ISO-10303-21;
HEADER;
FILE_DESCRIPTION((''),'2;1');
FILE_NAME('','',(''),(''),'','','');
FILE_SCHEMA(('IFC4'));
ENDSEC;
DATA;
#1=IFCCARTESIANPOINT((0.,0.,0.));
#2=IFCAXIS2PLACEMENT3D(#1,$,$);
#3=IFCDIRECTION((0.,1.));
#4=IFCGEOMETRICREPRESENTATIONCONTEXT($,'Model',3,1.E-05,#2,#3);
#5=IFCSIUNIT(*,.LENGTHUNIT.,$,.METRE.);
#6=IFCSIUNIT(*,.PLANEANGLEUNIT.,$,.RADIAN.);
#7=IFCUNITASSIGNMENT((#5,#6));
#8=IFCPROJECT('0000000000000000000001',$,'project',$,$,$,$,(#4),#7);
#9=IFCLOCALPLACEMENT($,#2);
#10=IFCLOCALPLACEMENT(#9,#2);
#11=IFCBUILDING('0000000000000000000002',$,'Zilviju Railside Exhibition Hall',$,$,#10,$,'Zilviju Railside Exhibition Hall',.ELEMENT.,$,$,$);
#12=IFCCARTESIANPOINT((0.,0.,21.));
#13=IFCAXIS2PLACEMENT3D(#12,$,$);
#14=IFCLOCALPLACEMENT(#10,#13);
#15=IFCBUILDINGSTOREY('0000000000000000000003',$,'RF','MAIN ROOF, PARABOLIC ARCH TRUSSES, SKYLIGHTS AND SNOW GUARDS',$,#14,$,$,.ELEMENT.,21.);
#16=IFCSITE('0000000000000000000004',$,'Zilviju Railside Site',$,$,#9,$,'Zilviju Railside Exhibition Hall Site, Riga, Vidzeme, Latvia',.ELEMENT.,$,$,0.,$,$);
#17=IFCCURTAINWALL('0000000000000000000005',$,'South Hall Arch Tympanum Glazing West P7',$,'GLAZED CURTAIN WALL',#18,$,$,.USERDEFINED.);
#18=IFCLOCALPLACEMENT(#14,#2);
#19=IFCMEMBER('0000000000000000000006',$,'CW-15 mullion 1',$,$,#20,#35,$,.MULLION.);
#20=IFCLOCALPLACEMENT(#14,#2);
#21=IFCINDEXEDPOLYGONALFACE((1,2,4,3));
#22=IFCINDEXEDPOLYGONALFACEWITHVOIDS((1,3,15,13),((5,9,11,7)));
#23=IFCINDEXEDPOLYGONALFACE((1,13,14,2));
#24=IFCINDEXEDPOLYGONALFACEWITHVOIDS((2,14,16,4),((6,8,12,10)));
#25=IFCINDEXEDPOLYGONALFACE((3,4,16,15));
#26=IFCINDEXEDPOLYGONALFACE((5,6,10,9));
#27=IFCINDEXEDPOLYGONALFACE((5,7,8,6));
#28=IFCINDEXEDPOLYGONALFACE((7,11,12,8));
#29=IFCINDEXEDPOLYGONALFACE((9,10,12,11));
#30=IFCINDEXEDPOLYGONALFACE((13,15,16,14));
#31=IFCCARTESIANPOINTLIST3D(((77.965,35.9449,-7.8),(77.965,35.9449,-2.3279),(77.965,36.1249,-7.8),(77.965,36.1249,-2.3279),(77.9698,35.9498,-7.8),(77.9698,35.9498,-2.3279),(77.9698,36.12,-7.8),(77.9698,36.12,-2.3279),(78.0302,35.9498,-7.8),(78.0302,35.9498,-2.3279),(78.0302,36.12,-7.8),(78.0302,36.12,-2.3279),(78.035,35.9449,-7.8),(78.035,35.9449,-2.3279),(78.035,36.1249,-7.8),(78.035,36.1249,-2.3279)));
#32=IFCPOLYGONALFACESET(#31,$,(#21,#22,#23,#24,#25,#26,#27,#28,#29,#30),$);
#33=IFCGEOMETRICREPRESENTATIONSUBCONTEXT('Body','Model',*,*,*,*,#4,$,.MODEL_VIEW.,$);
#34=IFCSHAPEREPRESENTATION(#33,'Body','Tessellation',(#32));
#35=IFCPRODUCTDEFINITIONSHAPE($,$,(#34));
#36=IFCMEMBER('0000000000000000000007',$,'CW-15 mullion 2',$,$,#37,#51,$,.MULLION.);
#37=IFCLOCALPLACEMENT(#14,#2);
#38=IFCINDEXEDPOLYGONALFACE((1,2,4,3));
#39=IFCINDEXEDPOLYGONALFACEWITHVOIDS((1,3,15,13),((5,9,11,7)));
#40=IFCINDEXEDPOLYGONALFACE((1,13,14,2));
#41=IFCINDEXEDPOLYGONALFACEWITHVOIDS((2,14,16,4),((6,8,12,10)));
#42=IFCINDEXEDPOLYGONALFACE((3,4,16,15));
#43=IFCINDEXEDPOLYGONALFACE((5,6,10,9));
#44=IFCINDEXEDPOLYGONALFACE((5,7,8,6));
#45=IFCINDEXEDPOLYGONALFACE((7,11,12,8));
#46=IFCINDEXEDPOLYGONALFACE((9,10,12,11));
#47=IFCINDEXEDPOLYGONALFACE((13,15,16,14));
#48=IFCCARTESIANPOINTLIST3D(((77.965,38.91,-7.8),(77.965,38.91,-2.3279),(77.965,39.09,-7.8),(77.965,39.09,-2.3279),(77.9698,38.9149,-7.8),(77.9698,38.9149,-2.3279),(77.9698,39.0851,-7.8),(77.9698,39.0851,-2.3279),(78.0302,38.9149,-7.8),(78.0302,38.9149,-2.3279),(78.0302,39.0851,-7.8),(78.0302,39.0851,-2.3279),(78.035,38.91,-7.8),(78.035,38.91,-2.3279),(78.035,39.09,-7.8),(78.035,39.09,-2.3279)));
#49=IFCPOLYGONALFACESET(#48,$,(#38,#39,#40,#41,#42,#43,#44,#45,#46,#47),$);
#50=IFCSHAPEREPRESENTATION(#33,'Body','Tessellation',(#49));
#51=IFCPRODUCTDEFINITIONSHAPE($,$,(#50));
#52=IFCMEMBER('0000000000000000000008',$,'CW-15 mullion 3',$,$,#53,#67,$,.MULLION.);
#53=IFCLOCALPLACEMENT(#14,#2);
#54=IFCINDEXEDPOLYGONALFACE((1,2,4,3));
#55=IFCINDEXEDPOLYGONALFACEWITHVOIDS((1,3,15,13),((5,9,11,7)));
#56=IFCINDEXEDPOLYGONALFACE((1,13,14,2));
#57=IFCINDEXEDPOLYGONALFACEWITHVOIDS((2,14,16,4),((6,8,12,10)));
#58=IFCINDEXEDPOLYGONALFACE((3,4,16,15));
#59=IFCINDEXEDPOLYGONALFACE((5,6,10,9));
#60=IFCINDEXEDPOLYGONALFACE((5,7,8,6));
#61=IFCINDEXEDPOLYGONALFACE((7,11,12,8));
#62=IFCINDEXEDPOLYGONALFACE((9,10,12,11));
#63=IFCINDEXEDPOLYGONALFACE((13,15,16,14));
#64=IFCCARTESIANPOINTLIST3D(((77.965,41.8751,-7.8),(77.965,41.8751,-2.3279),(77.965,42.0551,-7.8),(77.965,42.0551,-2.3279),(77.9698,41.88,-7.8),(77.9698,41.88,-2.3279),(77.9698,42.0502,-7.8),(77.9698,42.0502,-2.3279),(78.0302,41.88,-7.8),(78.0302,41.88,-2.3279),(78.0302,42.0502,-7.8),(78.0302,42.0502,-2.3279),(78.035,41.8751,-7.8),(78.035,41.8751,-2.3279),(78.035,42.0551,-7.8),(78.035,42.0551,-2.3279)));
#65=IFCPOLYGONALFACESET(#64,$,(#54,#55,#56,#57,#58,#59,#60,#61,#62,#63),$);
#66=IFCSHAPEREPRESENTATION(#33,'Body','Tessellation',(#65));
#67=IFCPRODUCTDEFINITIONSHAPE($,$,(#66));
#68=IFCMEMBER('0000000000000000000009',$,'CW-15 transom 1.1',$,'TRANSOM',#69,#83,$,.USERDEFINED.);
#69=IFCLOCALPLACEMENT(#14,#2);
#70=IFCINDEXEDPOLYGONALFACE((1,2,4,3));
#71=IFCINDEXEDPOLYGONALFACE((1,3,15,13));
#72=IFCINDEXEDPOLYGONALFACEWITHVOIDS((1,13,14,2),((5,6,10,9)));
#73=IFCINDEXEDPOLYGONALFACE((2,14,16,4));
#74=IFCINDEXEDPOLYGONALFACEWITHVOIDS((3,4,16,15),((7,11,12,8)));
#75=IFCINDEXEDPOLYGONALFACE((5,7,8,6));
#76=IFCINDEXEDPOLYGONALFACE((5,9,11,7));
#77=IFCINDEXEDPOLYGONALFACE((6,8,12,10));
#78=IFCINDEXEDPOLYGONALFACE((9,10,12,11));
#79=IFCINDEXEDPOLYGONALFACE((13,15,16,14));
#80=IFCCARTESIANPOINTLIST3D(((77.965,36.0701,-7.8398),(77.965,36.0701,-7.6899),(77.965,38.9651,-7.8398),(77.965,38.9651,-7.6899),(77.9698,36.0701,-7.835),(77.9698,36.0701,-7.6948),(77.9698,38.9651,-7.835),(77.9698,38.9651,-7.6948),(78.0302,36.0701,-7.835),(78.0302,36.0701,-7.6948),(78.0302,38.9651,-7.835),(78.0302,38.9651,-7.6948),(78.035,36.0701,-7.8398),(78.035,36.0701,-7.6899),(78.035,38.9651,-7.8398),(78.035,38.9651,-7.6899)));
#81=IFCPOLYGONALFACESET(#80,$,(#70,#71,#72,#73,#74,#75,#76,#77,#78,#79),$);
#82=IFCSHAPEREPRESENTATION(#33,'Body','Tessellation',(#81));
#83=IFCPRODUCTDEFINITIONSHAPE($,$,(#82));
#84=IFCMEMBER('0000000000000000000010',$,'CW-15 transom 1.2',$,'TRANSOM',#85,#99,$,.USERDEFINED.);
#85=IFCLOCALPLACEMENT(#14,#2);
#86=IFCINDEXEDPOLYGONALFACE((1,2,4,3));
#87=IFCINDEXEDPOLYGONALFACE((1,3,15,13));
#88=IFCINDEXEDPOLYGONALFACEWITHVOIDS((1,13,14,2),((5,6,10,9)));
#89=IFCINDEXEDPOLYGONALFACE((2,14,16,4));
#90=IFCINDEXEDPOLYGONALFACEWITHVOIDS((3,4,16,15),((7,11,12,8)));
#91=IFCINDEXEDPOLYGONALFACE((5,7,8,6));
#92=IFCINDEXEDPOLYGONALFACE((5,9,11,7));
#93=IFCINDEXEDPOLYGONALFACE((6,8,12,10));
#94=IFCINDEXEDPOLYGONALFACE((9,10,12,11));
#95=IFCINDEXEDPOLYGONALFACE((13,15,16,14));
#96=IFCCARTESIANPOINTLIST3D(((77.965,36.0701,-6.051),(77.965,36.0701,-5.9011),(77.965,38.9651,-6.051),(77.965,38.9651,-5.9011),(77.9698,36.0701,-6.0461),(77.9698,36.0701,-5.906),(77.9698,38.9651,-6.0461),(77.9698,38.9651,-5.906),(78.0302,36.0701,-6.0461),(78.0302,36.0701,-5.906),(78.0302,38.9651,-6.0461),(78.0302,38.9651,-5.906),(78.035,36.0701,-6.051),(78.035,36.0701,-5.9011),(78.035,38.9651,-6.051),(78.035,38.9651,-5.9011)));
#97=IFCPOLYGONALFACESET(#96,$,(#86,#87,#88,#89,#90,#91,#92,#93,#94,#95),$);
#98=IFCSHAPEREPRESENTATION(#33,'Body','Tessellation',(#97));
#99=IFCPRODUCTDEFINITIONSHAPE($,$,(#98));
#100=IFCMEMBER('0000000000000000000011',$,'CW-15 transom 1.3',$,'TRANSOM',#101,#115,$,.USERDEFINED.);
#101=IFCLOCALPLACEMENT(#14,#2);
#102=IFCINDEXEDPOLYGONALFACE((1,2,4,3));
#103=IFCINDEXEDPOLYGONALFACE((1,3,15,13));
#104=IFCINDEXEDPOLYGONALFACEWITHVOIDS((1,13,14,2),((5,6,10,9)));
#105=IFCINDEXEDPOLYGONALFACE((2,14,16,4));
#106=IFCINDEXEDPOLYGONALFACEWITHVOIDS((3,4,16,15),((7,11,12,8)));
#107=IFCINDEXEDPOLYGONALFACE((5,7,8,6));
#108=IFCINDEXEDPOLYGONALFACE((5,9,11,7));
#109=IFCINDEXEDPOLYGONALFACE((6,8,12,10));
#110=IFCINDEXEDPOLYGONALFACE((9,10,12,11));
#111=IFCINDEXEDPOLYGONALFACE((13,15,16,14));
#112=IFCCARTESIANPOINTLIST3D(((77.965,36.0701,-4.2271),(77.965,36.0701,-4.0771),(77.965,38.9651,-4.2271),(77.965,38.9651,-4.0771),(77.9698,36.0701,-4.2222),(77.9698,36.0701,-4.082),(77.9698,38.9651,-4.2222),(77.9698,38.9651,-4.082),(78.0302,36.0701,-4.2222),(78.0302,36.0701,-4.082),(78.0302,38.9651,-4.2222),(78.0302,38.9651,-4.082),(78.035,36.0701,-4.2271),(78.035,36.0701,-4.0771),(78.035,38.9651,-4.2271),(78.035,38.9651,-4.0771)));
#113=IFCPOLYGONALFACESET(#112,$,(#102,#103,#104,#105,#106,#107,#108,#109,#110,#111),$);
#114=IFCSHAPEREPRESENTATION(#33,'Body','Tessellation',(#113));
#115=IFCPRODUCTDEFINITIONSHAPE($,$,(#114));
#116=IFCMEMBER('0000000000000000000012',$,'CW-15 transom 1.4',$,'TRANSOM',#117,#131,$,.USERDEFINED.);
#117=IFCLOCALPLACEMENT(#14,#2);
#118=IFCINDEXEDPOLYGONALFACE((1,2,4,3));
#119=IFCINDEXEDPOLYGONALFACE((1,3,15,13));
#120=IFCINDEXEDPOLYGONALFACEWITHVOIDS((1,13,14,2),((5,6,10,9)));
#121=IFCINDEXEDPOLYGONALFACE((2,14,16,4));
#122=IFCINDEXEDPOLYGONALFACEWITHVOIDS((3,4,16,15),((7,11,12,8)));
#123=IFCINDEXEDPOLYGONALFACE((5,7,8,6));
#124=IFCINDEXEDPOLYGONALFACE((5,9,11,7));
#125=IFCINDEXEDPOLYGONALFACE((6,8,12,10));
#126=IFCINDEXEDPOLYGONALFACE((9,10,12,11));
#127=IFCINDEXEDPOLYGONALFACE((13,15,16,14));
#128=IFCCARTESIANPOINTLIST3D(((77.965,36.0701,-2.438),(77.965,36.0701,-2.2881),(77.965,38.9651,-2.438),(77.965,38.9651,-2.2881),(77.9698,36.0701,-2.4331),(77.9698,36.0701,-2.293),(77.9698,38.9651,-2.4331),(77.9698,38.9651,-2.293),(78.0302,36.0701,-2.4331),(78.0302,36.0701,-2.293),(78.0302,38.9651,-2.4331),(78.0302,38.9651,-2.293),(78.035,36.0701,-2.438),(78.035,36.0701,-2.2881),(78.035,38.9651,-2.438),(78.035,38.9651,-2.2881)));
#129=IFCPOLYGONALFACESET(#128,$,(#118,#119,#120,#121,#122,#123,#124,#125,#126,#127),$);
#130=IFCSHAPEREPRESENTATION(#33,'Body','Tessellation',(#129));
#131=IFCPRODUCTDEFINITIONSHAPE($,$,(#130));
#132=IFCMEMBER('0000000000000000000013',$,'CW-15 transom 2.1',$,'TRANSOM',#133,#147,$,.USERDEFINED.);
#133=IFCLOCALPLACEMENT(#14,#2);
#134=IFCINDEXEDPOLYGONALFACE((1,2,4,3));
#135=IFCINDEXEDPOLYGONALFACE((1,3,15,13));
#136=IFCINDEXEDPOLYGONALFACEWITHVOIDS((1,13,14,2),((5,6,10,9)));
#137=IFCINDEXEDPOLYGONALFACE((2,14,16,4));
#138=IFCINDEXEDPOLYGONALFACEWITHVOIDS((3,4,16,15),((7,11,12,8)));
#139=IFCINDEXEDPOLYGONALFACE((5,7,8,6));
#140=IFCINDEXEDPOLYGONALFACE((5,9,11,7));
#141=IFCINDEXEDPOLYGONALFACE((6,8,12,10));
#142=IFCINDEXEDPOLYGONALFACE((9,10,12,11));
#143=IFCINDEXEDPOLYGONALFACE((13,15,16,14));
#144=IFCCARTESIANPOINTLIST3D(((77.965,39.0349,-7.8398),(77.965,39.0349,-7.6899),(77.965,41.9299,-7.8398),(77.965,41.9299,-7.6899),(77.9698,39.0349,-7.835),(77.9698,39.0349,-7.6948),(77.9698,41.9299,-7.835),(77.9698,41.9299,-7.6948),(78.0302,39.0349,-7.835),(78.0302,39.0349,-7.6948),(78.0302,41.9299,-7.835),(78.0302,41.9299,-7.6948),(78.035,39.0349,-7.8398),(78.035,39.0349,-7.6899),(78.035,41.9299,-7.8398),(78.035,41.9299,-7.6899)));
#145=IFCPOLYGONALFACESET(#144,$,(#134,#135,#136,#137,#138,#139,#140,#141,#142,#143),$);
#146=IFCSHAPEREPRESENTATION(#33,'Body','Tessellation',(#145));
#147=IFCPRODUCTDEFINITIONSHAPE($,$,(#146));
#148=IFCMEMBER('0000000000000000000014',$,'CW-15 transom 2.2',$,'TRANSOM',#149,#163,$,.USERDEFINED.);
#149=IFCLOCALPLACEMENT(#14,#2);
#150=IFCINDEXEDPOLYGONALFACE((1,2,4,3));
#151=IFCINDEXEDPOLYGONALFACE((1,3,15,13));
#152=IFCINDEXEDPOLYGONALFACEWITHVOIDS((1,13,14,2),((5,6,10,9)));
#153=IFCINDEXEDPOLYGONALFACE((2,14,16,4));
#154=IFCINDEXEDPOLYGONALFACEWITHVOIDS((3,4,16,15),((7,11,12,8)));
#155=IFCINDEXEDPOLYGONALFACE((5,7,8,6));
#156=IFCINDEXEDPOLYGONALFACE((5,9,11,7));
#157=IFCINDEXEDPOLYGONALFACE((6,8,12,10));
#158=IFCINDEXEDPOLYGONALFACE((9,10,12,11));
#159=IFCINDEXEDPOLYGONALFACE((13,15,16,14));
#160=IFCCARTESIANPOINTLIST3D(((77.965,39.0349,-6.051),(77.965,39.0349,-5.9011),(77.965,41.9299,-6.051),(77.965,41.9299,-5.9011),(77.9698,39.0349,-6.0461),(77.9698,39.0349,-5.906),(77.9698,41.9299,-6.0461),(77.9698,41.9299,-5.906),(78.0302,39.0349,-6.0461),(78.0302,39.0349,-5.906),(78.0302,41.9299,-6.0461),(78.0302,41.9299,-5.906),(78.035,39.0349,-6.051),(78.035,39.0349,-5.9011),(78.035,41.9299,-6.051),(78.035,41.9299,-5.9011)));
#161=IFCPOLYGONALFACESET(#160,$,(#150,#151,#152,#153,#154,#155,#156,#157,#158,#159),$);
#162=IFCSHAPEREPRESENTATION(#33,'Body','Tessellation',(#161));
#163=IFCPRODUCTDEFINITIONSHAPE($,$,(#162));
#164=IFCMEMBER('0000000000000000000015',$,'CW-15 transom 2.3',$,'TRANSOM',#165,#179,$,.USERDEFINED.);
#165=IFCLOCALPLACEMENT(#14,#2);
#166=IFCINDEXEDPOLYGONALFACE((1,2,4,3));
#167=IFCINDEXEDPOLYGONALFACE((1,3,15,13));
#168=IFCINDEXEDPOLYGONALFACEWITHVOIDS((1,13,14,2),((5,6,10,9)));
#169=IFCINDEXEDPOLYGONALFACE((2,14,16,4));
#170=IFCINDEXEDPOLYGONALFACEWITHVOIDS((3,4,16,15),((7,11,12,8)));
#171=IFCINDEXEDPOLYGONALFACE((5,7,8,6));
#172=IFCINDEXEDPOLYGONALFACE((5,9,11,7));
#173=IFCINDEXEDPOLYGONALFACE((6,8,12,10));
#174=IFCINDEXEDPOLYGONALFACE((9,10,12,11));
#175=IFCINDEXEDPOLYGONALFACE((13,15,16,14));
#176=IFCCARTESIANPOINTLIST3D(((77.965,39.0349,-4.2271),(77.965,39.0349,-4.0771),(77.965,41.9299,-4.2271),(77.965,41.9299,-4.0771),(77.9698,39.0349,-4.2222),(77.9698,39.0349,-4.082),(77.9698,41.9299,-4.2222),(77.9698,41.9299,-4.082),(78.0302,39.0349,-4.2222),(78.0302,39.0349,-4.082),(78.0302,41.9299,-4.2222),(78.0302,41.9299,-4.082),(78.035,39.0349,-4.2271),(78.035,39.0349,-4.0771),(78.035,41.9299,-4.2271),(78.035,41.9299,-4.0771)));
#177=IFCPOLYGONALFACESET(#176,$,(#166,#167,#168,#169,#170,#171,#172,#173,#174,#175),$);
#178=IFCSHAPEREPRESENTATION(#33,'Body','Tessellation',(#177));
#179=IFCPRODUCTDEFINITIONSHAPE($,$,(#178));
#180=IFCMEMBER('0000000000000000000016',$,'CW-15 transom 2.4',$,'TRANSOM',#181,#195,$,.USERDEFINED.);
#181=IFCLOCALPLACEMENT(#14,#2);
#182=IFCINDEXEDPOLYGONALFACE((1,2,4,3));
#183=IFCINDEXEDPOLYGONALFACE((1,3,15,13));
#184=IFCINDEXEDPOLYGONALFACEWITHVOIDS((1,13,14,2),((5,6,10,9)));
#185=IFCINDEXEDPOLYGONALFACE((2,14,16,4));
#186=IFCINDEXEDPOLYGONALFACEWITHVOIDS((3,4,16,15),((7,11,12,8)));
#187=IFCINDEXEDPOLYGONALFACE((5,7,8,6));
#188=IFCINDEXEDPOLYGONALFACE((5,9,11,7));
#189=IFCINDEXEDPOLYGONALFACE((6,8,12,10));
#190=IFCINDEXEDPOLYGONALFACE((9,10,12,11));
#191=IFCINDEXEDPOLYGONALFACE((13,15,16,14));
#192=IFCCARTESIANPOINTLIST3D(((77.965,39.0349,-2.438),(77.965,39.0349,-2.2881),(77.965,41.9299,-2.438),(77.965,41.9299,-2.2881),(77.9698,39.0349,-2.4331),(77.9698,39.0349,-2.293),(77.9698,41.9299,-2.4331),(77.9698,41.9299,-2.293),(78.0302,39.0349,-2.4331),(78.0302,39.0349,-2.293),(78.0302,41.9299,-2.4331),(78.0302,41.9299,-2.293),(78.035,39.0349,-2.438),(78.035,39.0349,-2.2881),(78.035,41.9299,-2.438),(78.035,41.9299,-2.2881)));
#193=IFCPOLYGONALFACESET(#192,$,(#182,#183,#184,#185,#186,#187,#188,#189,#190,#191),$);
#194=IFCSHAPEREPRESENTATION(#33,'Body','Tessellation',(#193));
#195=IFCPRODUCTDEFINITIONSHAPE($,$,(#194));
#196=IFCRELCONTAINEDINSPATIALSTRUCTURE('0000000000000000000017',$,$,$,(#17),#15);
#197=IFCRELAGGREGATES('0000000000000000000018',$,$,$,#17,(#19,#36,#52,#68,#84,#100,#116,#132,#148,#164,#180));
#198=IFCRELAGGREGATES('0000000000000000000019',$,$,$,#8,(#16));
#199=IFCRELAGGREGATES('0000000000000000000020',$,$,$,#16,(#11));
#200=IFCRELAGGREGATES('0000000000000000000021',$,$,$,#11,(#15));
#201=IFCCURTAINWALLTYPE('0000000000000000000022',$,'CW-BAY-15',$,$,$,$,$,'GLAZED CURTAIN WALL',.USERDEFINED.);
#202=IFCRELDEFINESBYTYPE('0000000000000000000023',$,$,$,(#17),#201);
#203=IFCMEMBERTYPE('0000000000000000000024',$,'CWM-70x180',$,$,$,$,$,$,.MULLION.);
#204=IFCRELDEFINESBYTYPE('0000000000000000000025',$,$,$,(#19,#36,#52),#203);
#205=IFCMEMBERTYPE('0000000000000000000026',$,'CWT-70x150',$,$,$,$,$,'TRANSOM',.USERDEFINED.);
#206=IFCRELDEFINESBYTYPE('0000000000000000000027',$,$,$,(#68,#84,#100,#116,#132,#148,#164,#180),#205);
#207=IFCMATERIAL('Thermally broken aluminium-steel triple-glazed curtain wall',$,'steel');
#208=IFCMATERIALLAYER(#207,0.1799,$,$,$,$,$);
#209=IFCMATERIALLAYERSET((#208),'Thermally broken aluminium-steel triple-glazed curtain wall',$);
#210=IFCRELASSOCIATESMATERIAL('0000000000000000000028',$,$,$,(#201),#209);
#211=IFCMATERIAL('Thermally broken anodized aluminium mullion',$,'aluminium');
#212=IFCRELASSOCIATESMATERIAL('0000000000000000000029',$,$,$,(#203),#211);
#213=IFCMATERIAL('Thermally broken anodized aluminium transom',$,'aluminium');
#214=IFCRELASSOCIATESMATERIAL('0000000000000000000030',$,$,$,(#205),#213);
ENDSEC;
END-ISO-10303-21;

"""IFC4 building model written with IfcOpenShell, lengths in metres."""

from ifc_helpers import new_model, si_unit, direction, frame, origin, origin_2d, place, context, subcontext, project, spatial, hollow_rectangle, extrude, material, layer, layer_set, material_profile, profile_set, type_object, element, aggregate, save


model = new_model("IFC4")

# Units and contexts
model_context = context("Model", 3, precision=1e-05, world=origin(), true_north=direction((0.0, 1.0)))
body_context = subcontext(model_context, "Body", "Model", "MODEL_VIEW")
ifc_project = project(units=[si_unit("LENGTHUNIT", "METRE"), si_unit("PLANEANGLEUNIT", "RADIAN")], contexts=[model_context])

# Site, building, storey
site_placement = place(None, origin())
site = spatial("IfcSite", under=ifc_project, at=site_placement, Name="Zilviju Railside Site", LongName="Zilviju Railside Exhibition Hall Site, Riga, Vidzeme, Latvia", CompositionType="ELEMENT", RefElevation=0.0)
building_placement = place(site_placement, origin())
building = spatial("IfcBuilding", under=site, at=building_placement, Name="Zilviju Railside Exhibition Hall", LongName="Zilviju Railside Exhibition Hall", CompositionType="ELEMENT")
storey_placement = place(building_placement, frame((0.0, 0.0, 21.0)))
storey = spatial("IfcBuildingStorey", under=building, at=storey_placement, Name="RF", Description="MAIN ROOF, PARABOLIC ARCH TRUSSES, SKYLIGHTS AND SNOW GUARDS", CompositionType="ELEMENT", Elevation=21.0)

# Curtain wall, members
ifc_material_1 = material(Name="Thermally broken aluminium-steel triple-glazed curtain wall", Category="steel")
ifc_layer_1 = layer(ifc_material_1, 0.1799)
ifc_layer_set_1 = layer_set([ifc_layer_1], Name="Thermally broken aluminium-steel triple-glazed curtain wall")
curtain_wall_type = type_object("IfcCurtainWallType", Name="CW-BAY-15", ElementType="GLAZED CURTAIN WALL", PredefinedType="USERDEFINED", material=ifc_layer_set_1)
curtain_wall_placement = place(storey_placement, origin())
curtain_wall = element("IfcCurtainWall", 1, at=curtain_wall_placement, inside=storey, type_object=curtain_wall_type, Name="South Hall Arch Tympanum Glazing West P7", ObjectType="GLAZED CURTAIN WALL", PredefinedType="USERDEFINED")
ifc_material_2 = material(Name="Thermally broken anodized aluminium mullion", Category="aluminium")
ifc_material_profile_1 = material_profile(ifc_material_2, hollow_rectangle(XDim=0.0701, YDim=0.1799, WallThickness=0.0049, at=origin_2d()), Name="MULLION 180x70x5")
ifc_profile_set_1 = profile_set([ifc_material_profile_1], Name="Thermally broken anodized aluminium mullion")
member_type_1 = type_object("IfcMemberType", Name="CWM-70x180", PredefinedType="MULLION", material=ifc_profile_set_1)
member_1_placement = place(storey_placement, frame((78.0, 36.0349, -7.8), z_axis=(0.0, 0.0, 1.0), x_axis=(-1.0, 0.0, 0.0)))
member_1 = element("IfcMember", 2, at=member_1_placement, type_object=member_type_1, Name="CW-15 mullion 1", PredefinedType="MULLION", context=body_context, shape_type="SweptSolid", body=[
    extrude(hollow_rectangle(XDim=0.0701, YDim=0.1799, WallThickness=0.0049, at=origin_2d()), origin(), (0.0, 0.0, 1.0), 5.4722),
])
member_2_placement = place(storey_placement, frame((78.0, 39.0, -7.8), z_axis=(0.0, 0.0, 1.0), x_axis=(-1.0, 0.0, 0.0)))
member_2 = element("IfcMember", 3, at=member_2_placement, type_object=member_type_1, Name="CW-15 mullion 2", PredefinedType="MULLION", context=body_context, shape_type="SweptSolid", body=[
    extrude(hollow_rectangle(XDim=0.0701, YDim=0.1799, WallThickness=0.0049, at=origin_2d()), origin(), (0.0, 0.0, 1.0), 5.4722),
])
member_3_placement = place(storey_placement, frame((78.0, 41.9651, -7.8), z_axis=(0.0, 0.0, 1.0), x_axis=(-1.0, 0.0, 0.0)))
member_3 = element("IfcMember", 4, at=member_3_placement, type_object=member_type_1, Name="CW-15 mullion 3", PredefinedType="MULLION", context=body_context, shape_type="SweptSolid", body=[
    extrude(hollow_rectangle(XDim=0.0701, YDim=0.1799, WallThickness=0.0049, at=origin_2d()), origin(), (0.0, 0.0, 1.0), 5.4722),
])
ifc_material_3 = material(Name="Thermally broken anodized aluminium transom", Category="aluminium")
ifc_material_profile_2 = material_profile(ifc_material_3, hollow_rectangle(XDim=0.0701, YDim=0.1499, WallThickness=0.0049, at=origin_2d()), Name="TRANSOM 150x70x5")
ifc_profile_set_2 = profile_set([ifc_material_profile_2], Name="Thermally broken anodized aluminium transom")
member_type_2 = type_object("IfcMemberType", Name="CWT-70x150", ElementType="TRANSOM", PredefinedType="USERDEFINED", material=ifc_profile_set_2)
member_4_placement = place(storey_placement, frame((78.0, 36.0701, -7.7649), z_axis=(0.0, 1.0, 0.0), x_axis=(-1.0, 0.0, 0.0)))
member_4 = element("IfcMember", 5, at=member_4_placement, type_object=member_type_2, Name="CW-15 transom 1.1", ObjectType="TRANSOM", PredefinedType="USERDEFINED", context=body_context, shape_type="SweptSolid", body=[
    extrude(hollow_rectangle(XDim=0.0701, YDim=0.1499, WallThickness=0.0049, at=origin_2d()), origin(), (0.0, 0.0, 1.0), 2.895),
])
member_5_placement = place(storey_placement, frame((78.0, 36.0701, -5.9761), z_axis=(0.0, 1.0, 0.0), x_axis=(-1.0, 0.0, 0.0)))
member_5 = element("IfcMember", 6, at=member_5_placement, type_object=member_type_2, Name="CW-15 transom 1.2", ObjectType="TRANSOM", PredefinedType="USERDEFINED", context=body_context, shape_type="SweptSolid", body=[
    extrude(hollow_rectangle(XDim=0.0701, YDim=0.1499, WallThickness=0.0049, at=origin_2d()), origin(), (0.0, 0.0, 1.0), 2.895),
])
member_6_placement = place(storey_placement, frame((78.0, 36.0701, -4.1521), z_axis=(0.0, 1.0, 0.0), x_axis=(-1.0, 0.0, 0.0)))
member_6 = element("IfcMember", 7, at=member_6_placement, type_object=member_type_2, Name="CW-15 transom 1.3", ObjectType="TRANSOM", PredefinedType="USERDEFINED", context=body_context, shape_type="SweptSolid", body=[
    extrude(hollow_rectangle(XDim=0.0701, YDim=0.1499, WallThickness=0.0049, at=origin_2d()), origin(), (0.0, 0.0, 1.0), 2.895),
])
member_7_placement = place(storey_placement, frame((78.0, 36.0701, -2.363), z_axis=(0.0, 1.0, 0.0), x_axis=(-1.0, 0.0, 0.0)))
member_7 = element("IfcMember", 8, at=member_7_placement, type_object=member_type_2, Name="CW-15 transom 1.4", ObjectType="TRANSOM", PredefinedType="USERDEFINED", context=body_context, shape_type="SweptSolid", body=[
    extrude(hollow_rectangle(XDim=0.0701, YDim=0.1499, WallThickness=0.0049, at=origin_2d()), origin(), (0.0, 0.0, 1.0), 2.895),
])
member_8_placement = place(storey_placement, frame((78.0, 39.0349, -7.7649), z_axis=(0.0, 1.0, 0.0), x_axis=(-1.0, 0.0, 0.0)))
member_8 = element("IfcMember", 9, at=member_8_placement, type_object=member_type_2, Name="CW-15 transom 2.1", ObjectType="TRANSOM", PredefinedType="USERDEFINED", context=body_context, shape_type="SweptSolid", body=[
    extrude(hollow_rectangle(XDim=0.0701, YDim=0.1499, WallThickness=0.0049, at=origin_2d()), origin(), (0.0, 0.0, 1.0), 2.895),
])
member_9_placement = place(storey_placement, frame((78.0, 39.0349, -5.9761), z_axis=(0.0, 1.0, 0.0), x_axis=(-1.0, 0.0, 0.0)))
member_9 = element("IfcMember", 10, at=member_9_placement, type_object=member_type_2, Name="CW-15 transom 2.2", ObjectType="TRANSOM", PredefinedType="USERDEFINED", context=body_context, shape_type="SweptSolid", body=[
    extrude(hollow_rectangle(XDim=0.0701, YDim=0.1499, WallThickness=0.0049, at=origin_2d()), origin(), (0.0, 0.0, 1.0), 2.895),
])
member_10_placement = place(storey_placement, frame((78.0, 39.0349, -4.1521), z_axis=(0.0, 1.0, 0.0), x_axis=(-1.0, 0.0, 0.0)))
member_10 = element("IfcMember", 11, at=member_10_placement, type_object=member_type_2, Name="CW-15 transom 2.3", ObjectType="TRANSOM", PredefinedType="USERDEFINED", context=body_context, shape_type="SweptSolid", body=[
    extrude(hollow_rectangle(XDim=0.0701, YDim=0.1499, WallThickness=0.0049, at=origin_2d()), origin(), (0.0, 0.0, 1.0), 2.895),
])
member_11_placement = place(storey_placement, frame((78.0, 39.0349, -2.363), z_axis=(0.0, 1.0, 0.0), x_axis=(-1.0, 0.0, 0.0)))
member_11 = element("IfcMember", 12, at=member_11_placement, type_object=member_type_2, Name="CW-15 transom 2.4", ObjectType="TRANSOM", PredefinedType="USERDEFINED", context=body_context, shape_type="SweptSolid", body=[
    extrude(hollow_rectangle(XDim=0.0701, YDim=0.1499, WallThickness=0.0049, at=origin_2d()), origin(), (0.0, 0.0, 1.0), 2.895),
])

aggregate(curtain_wall, [member_1, member_2, member_3, member_4, member_5, member_6, member_7, member_8, member_9, member_10, member_11])

save(model, "model.ifc")
